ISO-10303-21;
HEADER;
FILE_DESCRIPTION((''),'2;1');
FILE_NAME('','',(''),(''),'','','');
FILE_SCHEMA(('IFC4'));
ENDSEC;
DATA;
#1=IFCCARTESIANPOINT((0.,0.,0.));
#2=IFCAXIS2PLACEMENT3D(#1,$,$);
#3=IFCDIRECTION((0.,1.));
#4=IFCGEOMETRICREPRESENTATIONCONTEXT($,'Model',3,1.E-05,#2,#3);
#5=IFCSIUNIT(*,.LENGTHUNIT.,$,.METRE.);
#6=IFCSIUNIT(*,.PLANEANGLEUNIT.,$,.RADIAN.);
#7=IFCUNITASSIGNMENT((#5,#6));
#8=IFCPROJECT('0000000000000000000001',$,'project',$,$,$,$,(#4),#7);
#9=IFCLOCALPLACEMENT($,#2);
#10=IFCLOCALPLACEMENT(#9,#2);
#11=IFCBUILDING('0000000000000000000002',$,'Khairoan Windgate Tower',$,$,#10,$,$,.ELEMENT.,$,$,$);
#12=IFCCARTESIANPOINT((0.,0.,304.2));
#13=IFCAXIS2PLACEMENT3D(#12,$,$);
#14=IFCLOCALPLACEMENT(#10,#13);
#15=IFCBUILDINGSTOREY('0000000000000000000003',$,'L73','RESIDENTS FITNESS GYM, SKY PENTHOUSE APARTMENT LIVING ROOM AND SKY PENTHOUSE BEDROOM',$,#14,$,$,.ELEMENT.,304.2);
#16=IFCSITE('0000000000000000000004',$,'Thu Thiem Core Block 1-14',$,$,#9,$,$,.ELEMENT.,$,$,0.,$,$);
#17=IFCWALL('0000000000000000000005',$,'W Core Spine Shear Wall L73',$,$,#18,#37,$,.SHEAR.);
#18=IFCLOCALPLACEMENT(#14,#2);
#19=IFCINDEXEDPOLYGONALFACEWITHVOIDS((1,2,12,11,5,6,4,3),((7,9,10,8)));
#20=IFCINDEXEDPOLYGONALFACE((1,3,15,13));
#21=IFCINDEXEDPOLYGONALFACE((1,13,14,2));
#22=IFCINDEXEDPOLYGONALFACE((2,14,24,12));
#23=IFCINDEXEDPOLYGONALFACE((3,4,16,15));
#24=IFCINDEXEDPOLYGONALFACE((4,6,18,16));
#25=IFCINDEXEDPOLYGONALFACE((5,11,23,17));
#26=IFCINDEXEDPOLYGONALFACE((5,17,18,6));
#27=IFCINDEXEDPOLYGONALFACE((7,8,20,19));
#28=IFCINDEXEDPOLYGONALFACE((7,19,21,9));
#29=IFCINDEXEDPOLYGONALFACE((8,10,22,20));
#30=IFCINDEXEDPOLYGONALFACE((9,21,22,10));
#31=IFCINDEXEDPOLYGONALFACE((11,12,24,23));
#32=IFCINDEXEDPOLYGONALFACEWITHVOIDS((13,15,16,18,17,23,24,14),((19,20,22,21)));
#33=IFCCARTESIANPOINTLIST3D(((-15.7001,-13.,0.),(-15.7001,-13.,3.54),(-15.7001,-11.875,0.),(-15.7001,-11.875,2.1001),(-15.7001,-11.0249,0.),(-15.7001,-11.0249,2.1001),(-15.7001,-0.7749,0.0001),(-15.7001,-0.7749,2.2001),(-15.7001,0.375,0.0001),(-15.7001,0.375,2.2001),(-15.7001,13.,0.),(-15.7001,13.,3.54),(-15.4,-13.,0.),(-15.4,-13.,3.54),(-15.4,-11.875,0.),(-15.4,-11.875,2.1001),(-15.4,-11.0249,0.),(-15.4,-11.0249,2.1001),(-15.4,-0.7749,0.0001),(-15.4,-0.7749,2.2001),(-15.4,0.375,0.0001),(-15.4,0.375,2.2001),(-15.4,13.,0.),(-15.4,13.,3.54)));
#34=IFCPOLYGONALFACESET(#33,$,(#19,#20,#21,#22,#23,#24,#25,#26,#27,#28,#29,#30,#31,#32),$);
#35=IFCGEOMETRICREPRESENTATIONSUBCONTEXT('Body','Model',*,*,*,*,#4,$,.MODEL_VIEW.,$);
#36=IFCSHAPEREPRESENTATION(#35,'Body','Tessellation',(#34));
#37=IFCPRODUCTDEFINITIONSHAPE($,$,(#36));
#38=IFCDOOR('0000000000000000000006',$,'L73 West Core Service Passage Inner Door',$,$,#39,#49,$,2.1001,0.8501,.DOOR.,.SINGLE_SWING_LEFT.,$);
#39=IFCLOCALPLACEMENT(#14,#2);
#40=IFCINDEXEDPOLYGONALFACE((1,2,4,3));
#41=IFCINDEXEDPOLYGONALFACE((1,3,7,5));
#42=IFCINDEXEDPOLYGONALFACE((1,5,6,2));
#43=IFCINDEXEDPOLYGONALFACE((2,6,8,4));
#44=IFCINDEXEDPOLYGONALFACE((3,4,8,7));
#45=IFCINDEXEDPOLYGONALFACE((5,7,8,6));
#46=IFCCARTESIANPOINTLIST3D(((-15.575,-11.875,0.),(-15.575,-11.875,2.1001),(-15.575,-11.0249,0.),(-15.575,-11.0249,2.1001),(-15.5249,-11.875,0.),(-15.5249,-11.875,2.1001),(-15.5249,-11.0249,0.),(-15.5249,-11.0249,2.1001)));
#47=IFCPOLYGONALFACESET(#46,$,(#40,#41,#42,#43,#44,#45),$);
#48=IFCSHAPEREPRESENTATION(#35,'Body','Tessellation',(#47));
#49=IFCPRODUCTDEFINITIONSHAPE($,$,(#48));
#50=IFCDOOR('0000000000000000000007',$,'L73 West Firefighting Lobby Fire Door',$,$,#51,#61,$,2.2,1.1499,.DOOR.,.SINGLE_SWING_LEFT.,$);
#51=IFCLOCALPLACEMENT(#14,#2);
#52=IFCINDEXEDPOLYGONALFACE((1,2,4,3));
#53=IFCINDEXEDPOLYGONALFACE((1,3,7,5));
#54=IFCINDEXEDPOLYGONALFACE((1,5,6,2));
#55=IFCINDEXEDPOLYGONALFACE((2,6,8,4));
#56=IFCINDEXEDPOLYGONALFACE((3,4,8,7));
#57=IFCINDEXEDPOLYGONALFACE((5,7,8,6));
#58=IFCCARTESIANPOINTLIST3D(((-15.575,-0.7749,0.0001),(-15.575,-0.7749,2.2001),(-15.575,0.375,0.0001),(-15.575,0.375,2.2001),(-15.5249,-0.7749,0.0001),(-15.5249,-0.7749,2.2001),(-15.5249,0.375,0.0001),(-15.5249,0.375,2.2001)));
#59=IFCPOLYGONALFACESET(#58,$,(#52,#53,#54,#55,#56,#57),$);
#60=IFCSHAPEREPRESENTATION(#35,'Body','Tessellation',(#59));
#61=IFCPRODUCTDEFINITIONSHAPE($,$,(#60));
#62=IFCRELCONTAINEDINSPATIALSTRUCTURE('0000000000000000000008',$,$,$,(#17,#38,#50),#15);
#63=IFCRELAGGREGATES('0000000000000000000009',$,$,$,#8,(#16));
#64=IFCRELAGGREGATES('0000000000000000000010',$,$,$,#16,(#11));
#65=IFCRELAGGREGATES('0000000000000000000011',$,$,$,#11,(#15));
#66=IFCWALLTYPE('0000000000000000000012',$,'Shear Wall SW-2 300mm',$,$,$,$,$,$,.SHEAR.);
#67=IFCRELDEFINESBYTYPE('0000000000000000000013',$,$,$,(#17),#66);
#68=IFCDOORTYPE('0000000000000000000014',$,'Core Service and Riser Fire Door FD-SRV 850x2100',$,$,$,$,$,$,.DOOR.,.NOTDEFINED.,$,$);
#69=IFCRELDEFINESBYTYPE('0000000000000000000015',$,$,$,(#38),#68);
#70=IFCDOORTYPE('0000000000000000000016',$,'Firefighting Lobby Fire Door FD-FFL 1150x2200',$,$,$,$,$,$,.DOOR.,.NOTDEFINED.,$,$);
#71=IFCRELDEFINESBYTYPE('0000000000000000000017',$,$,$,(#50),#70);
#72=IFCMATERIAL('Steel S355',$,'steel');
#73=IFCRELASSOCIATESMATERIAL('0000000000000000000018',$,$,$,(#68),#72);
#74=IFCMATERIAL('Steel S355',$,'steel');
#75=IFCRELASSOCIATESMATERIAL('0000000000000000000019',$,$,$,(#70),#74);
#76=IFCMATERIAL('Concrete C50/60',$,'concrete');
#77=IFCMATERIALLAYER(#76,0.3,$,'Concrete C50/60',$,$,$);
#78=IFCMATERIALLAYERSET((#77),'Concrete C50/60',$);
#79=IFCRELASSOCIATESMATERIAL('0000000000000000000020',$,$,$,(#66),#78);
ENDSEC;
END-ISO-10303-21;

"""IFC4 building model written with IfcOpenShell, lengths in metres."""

from ifc_helpers import new_model, si_unit, direction, frame, frame_2d, origin, place, context, subcontext, project, spatial, rectangle, extrude, material, layer, layer_set, type_object, element, fill, save


model = new_model("IFC4")

# Units and contexts
model_context = context("Model", 3, precision=1e-05, world=origin(), true_north=direction((0.0, 1.0)))
body_context = subcontext(model_context, "Body", "Model", "MODEL_VIEW")
ifc_project = project(units=[si_unit("LENGTHUNIT", "METRE"), si_unit("PLANEANGLEUNIT", "RADIAN")], contexts=[model_context])

# Site, building, storey
site_placement = place(None, origin())
site = spatial("IfcSite", under=ifc_project, at=site_placement, Name="Thu Thiem Core Block 1-14", CompositionType="ELEMENT", RefElevation=0.0)
building_placement = place(site_placement, origin())
building = spatial("IfcBuilding", under=site, at=building_placement, Name="Khairoan Windgate Tower", CompositionType="ELEMENT")
storey_placement = place(building_placement, frame((0.0, 0.0, 304.2)))
storey = spatial("IfcBuildingStorey", under=building, at=storey_placement, Name="L73", Description="RESIDENTS FITNESS GYM, SKY PENTHOUSE APARTMENT LIVING ROOM AND SKY PENTHOUSE BEDROOM", CompositionType="ELEMENT", Elevation=304.2)

# Wall, openings, doors
ifc_material_1 = material(Name="Steel S355", Category="steel")
door_type_1 = type_object("IfcDoorType", Name="Core Service and Riser Fire Door FD-SRV 850x2100", OperationType="NOTDEFINED", PredefinedType="DOOR", material=ifc_material_1)
ifc_material_2 = material(Name="Steel S355", Category="steel")
door_type_2 = type_object("IfcDoorType", Name="Firefighting Lobby Fire Door FD-FFL 1150x2200", OperationType="NOTDEFINED", PredefinedType="DOOR", material=ifc_material_2)
ifc_material_3 = material(Name="Concrete C50/60", Category="concrete")
ifc_layer_1 = layer(ifc_material_3, 0.3, Name="Concrete C50/60")
ifc_layer_set_1 = layer_set([ifc_layer_1], Name="Concrete C50/60")
wall_type_1 = type_object("IfcWallType", Name="Shear Wall SW-2 300mm", PredefinedType="SHEAR", material=ifc_layer_set_1)
wall_1_placement = place(storey_placement, frame((-15.55, -13.0, 0.0), z_axis=(0.0, 0.0, 1.0), x_axis=(0.0, 1.0, 0.0)))
wall_1 = element("IfcWall", 1, at=wall_1_placement, inside=storey, type_object=wall_type_1, Name="W Core Spine Shear Wall L73", PredefinedType="SHEAR", context=body_context, shape_type="SweptSolid", body=[
    extrude(rectangle(XDim=26.0, YDim=0.3, at=frame_2d((13.0, 0.0))), origin(), (0.0, 0.0, 1.0), 3.54),
])
opening_1_placement = place(wall_1_placement, frame((12.2251, 0.0, 0.0)))
opening_1 = element("IfcOpeningElement", 2, at=opening_1_placement, cuts=wall_1, PredefinedType="OPENING", context=body_context, shape_type="SweptSolid", body=[
    extrude(rectangle(XDim=1.1499, YDim=2.2, at=frame_2d((0.575, 1.1001))), frame((0.0, 0.1599, 0.0), z_axis=(0.0, -1.0, 0.0), x_axis=(1.0, 0.0, 0.0)), (0.0, 0.0, 1.0), 0.3201),
])
opening_2_placement = place(wall_1_placement, frame((1.125, 0.0, 0.0)))
opening_2 = element("IfcOpeningElement", 3, at=opening_2_placement, cuts=wall_1, PredefinedType="OPENING", context=body_context, shape_type="SweptSolid", body=[
    extrude(rectangle(XDim=0.8501, YDim=2.1001, at=frame_2d((0.425, 1.05))), frame((0.0, 0.1599, 0.0), z_axis=(0.0, -1.0, 0.0), x_axis=(1.0, 0.0, 0.0)), (0.0, 0.0, 1.0), 0.3201),
])
door_1_placement = place(opening_2_placement, origin())
door_1 = element("IfcDoor", 4, at=door_1_placement, inside=storey, type_object=door_type_1, Name="L73 West Core Service Passage Inner Door", OperationType="SINGLE_SWING_LEFT", OverallHeight=2.1001, OverallWidth=0.8501, PredefinedType="DOOR", context=body_context, shape_type="SweptSolid", body=[
    extrude(rectangle(XDim=0.8501, YDim=2.1001, at=frame_2d((0.425, 1.05))), frame((0.0, 0.0249, 0.0), z_axis=(0.0, -1.0, 0.0), x_axis=(1.0, 0.0, 0.0)), (0.0, 0.0, 1.0), 0.05),
])
fill(opening_2, door_1)
door_2_placement = place(opening_1_placement, origin())
door_2 = element("IfcDoor", 5, at=door_2_placement, inside=storey, type_object=door_type_2, Name="L73 West Firefighting Lobby Fire Door", OperationType="SINGLE_SWING_LEFT", OverallHeight=2.2, OverallWidth=1.1499, PredefinedType="DOOR", context=body_context, shape_type="SweptSolid", body=[
    extrude(rectangle(XDim=1.1499, YDim=2.2, at=frame_2d((0.575, 1.1001))), frame((0.0, 0.0249, 0.0), z_axis=(0.0, -1.0, 0.0), x_axis=(1.0, 0.0, 0.0)), (0.0, 0.0, 1.0), 0.05),
])
fill(opening_1, door_2)

save(model, "model.ifc")
